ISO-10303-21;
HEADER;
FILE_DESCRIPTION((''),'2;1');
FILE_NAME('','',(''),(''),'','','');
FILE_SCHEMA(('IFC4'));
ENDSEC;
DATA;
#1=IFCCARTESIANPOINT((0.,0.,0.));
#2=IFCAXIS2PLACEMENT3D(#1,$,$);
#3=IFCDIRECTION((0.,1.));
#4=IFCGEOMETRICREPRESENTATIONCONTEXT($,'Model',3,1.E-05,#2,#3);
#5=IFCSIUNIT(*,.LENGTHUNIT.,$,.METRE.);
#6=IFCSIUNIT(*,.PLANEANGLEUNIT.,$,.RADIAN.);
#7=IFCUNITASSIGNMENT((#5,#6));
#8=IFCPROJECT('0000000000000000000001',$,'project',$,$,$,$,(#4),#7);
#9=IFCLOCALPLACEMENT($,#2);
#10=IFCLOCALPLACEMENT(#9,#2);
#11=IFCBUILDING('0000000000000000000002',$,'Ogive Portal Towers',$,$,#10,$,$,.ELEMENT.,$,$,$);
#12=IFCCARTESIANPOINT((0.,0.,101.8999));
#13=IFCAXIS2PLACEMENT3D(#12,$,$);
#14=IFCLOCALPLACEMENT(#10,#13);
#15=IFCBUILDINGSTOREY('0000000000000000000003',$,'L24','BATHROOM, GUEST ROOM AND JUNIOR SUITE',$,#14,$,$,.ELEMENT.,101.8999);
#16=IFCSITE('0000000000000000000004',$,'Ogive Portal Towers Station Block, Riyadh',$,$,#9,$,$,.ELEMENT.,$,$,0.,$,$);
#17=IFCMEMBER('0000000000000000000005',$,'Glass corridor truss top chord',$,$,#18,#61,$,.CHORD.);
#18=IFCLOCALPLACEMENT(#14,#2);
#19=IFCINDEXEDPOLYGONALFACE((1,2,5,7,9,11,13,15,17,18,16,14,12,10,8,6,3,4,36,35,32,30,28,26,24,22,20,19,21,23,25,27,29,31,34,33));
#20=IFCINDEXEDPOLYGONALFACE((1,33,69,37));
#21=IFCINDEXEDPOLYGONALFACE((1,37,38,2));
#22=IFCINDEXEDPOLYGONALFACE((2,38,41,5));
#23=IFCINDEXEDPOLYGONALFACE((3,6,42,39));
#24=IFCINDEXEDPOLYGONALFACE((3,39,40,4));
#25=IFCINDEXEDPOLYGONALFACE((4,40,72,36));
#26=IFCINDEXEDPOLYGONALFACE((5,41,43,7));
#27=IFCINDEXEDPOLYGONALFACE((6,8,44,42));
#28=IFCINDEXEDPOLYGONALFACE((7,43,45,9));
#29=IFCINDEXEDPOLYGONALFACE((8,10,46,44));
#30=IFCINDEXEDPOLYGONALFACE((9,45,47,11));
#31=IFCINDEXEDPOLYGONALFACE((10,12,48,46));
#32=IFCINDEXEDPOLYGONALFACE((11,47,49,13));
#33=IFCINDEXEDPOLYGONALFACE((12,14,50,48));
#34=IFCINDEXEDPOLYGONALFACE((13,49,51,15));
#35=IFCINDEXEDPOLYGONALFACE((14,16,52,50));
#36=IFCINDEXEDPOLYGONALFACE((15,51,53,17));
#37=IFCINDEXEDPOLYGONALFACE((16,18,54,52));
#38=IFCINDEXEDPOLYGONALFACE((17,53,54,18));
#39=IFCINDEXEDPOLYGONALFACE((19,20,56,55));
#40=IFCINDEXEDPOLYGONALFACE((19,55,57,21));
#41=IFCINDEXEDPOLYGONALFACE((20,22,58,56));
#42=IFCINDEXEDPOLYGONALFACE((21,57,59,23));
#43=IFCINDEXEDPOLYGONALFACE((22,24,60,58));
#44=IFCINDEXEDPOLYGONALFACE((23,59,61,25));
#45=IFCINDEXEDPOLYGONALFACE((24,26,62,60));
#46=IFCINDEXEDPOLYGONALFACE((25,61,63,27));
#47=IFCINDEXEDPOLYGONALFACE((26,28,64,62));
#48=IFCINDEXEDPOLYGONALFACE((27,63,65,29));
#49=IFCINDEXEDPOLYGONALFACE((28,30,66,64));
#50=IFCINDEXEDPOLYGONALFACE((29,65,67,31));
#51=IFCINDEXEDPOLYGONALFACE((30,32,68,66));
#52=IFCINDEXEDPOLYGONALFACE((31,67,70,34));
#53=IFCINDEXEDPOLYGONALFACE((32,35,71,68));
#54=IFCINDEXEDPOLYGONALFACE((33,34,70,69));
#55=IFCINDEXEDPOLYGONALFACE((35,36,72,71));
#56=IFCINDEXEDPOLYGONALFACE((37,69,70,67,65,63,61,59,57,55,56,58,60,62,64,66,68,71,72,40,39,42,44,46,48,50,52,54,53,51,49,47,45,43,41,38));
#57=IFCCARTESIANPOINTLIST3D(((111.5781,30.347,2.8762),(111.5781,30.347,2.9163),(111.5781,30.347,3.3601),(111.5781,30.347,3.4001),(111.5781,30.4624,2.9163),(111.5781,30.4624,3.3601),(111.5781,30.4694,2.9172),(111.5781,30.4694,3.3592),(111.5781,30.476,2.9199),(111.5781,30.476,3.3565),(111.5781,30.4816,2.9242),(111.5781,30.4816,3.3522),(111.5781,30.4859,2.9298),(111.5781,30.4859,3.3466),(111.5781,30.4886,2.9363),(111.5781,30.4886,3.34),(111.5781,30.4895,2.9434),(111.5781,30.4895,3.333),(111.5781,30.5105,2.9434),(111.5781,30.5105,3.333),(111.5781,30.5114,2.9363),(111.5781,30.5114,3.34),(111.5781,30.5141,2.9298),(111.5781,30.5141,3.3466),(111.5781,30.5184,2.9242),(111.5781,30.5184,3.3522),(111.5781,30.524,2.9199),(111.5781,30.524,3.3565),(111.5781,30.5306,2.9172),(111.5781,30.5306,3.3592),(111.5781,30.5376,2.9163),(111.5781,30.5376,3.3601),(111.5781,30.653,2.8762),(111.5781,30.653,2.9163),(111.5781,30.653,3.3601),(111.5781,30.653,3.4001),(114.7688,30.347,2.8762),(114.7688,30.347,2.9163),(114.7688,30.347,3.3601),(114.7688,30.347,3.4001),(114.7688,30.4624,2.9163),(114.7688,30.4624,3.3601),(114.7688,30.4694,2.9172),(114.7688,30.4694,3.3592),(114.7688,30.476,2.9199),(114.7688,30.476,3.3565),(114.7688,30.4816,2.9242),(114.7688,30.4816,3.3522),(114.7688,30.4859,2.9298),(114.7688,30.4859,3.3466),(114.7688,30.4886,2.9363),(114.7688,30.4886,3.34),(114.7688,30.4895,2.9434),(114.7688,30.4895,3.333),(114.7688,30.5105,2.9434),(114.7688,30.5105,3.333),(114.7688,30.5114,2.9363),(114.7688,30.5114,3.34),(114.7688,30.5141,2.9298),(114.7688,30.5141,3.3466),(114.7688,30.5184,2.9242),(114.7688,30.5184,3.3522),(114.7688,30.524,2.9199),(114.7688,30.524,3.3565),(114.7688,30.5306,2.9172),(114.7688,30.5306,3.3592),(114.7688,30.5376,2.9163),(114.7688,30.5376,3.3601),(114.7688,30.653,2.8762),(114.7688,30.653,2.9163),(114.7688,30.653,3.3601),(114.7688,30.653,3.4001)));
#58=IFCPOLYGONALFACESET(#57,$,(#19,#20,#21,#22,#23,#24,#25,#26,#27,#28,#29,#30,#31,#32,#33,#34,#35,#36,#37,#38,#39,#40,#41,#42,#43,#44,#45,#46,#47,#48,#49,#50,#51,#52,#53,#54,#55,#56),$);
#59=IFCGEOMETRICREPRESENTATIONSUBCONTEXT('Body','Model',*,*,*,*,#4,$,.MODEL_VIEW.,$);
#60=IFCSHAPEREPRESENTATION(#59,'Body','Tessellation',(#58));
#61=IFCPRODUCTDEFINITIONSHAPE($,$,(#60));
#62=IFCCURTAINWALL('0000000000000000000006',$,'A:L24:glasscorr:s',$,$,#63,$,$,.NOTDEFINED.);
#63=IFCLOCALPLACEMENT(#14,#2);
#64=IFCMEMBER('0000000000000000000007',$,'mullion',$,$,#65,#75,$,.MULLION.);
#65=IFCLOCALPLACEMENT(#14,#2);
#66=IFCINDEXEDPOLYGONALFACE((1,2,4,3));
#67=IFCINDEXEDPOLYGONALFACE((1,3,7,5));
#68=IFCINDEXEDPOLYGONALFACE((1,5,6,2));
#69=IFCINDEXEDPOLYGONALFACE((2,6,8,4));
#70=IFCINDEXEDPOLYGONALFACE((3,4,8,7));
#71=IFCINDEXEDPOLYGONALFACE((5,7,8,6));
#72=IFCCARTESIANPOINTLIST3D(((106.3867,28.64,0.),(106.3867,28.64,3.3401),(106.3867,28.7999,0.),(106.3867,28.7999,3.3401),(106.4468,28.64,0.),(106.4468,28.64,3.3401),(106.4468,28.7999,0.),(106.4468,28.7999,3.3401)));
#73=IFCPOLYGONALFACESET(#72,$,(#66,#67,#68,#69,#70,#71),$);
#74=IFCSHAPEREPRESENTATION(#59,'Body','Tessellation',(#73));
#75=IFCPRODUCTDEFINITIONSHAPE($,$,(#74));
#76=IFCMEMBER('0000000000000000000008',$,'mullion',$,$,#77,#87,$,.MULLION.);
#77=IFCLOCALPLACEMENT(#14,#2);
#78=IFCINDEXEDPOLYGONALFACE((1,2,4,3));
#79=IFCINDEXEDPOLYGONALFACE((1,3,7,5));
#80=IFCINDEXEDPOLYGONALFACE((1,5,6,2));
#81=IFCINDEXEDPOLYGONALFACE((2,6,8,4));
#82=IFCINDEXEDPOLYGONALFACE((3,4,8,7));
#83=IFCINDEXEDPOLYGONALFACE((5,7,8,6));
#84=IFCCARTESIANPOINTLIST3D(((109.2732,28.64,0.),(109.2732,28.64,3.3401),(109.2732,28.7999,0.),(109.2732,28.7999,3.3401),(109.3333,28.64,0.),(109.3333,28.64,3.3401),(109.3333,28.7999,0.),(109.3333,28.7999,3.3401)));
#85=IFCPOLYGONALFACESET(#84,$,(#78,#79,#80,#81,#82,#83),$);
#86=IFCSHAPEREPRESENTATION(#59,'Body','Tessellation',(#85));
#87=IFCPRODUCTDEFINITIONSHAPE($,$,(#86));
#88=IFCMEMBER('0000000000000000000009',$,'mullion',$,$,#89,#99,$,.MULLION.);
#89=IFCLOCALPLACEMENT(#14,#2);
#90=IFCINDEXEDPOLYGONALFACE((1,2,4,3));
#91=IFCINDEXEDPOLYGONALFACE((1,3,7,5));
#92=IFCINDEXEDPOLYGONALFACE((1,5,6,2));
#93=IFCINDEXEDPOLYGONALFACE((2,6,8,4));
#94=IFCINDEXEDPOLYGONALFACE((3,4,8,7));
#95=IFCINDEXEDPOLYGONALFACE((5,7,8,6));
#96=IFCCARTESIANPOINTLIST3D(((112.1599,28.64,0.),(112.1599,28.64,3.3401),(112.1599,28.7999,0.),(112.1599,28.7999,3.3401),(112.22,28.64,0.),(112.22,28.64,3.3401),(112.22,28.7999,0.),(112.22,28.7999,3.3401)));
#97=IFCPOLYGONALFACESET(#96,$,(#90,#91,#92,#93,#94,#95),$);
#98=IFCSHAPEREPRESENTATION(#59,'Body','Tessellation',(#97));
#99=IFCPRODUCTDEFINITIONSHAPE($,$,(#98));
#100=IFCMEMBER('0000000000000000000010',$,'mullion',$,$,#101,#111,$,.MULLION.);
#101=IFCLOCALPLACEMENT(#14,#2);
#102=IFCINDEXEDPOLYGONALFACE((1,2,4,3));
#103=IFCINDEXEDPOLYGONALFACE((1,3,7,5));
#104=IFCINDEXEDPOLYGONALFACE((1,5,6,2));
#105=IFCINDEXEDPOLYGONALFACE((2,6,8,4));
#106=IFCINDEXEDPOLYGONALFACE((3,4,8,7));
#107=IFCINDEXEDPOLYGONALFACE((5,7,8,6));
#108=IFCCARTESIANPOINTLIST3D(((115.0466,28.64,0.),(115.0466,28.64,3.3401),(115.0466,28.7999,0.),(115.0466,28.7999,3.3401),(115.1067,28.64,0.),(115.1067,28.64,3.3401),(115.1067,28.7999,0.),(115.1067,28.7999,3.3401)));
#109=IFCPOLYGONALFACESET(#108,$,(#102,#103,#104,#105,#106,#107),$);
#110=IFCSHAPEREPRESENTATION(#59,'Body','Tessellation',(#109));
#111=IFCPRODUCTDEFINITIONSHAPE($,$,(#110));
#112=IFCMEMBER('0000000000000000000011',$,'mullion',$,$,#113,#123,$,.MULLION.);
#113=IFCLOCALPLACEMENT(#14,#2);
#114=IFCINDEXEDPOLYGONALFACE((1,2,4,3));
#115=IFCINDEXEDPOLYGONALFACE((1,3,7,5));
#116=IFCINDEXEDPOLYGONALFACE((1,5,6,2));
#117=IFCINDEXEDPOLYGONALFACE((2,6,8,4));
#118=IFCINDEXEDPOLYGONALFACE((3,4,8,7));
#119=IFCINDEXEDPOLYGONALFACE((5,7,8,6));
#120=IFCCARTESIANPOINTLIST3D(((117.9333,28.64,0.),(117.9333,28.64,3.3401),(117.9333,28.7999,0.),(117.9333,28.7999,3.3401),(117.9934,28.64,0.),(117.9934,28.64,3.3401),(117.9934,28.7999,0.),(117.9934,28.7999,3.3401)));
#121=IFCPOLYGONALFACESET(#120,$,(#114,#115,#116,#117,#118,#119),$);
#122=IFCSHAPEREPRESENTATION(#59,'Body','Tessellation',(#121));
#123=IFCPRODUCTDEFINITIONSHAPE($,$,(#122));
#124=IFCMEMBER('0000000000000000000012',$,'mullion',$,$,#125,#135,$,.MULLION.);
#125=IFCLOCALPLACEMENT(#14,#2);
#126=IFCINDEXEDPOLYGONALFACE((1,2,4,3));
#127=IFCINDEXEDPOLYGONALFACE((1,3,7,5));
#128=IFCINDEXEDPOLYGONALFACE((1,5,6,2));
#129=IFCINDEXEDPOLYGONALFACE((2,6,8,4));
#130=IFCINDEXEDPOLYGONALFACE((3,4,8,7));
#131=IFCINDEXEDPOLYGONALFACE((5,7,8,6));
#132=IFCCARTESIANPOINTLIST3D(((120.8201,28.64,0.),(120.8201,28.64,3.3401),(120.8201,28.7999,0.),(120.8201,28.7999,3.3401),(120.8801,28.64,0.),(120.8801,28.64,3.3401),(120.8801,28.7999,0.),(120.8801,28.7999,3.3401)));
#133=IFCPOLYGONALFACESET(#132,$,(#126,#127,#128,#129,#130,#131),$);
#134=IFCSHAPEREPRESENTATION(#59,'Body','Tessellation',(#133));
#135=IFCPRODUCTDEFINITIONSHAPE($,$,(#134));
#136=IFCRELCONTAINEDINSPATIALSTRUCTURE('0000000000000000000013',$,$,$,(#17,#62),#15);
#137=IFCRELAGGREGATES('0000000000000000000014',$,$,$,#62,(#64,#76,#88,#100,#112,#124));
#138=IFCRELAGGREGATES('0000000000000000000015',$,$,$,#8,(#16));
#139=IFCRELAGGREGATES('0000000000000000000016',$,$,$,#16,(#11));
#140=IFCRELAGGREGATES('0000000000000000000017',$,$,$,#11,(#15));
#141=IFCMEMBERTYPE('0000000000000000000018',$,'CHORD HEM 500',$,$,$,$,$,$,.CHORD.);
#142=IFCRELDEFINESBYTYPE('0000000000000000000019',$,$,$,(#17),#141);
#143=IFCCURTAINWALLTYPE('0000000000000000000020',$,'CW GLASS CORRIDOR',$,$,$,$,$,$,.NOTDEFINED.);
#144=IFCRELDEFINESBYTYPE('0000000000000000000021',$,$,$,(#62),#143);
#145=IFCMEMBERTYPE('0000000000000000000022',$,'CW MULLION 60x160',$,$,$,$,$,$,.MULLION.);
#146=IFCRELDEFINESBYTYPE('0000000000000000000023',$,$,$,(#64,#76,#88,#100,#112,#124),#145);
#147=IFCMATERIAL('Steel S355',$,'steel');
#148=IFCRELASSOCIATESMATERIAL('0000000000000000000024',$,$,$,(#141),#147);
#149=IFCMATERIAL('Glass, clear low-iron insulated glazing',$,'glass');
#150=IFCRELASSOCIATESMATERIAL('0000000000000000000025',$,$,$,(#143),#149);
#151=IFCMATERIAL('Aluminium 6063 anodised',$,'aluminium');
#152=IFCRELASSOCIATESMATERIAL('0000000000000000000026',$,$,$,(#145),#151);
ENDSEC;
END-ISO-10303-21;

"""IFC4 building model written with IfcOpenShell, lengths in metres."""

from ifc_helpers import new_model, si_unit, direction, frame, origin, origin_2d, place, context, subcontext, project, spatial, rectangle, i_section, extrude, material, material_profile, profile_set, type_object, element, aggregate, save


model = new_model("IFC4")

# Units and contexts
model_context = context("Model", 3, precision=1e-05, world=origin(), true_north=direction((0.0, 1.0)))
body_context = subcontext(model_context, "Body", "Model", "MODEL_VIEW")
ifc_project = project(units=[si_unit("LENGTHUNIT", "METRE"), si_unit("PLANEANGLEUNIT", "RADIAN")], contexts=[model_context])

# Site, building, storey
site_placement = place(None, origin())
site = spatial("IfcSite", under=ifc_project, at=site_placement, Name="Ogive Portal Towers Station Block, Riyadh", CompositionType="ELEMENT", RefElevation=0.0)
building_placement = place(site_placement, origin())
building = spatial("IfcBuilding", under=site, at=building_placement, Name="Ogive Portal Towers", CompositionType="ELEMENT")
storey_placement = place(building_placement, frame((0.0, 0.0, 101.8999)))
storey = spatial("IfcBuildingStorey", under=building, at=storey_placement, Name="L24", Description="BATHROOM, GUEST ROOM AND JUNIOR SUITE", CompositionType="ELEMENT", Elevation=101.8999)

# Member
ifc_material_1 = material(Name="Steel S355", Category="steel")
ifc_material_profile_1 = material_profile(ifc_material_1, i_section(OverallWidth=0.3059, OverallDepth=0.5239, WebThickness=0.021, FlangeThickness=0.04, FilletRadius=0.0271, at=origin_2d()), Name="HEM 500")
ifc_profile_set_1 = profile_set([ifc_material_profile_1], Name="Steel S355")
member_type_1 = type_object("IfcMemberType", Name="CHORD HEM 500", PredefinedType="CHORD", material=ifc_profile_set_1)
for number, where, z_axis, x_axis, name in (
    (1, (111.5781, 30.5, 3.1382), (1.0, 0.0, 0.0), (0.0, 1.0, 0.0), "Glass corridor truss top chord"),
):
    element("IfcMember", number, at=place(storey_placement, frame(where, z_axis=z_axis, x_axis=x_axis)), inside=storey, type_object=member_type_1, Name=name, PredefinedType="CHORD", context=body_context, shape_type="SweptSolid", body=[
        extrude(i_section(OverallWidth=0.3059, OverallDepth=0.5239, WebThickness=0.021, FlangeThickness=0.04, FilletRadius=0.0271, at=origin_2d()), origin(), (0.0, 0.0, 1.0), 3.1907),
    ])

# Curtain wall, members
ifc_material_2 = material(Name="Glass, clear low-iron insulated glazing", Category="glass")
curtain_wall_type_1 = type_object("IfcCurtainWallType", Name="CW GLASS CORRIDOR", PredefinedType="NOTDEFINED", material=ifc_material_2)
curtain_wall_1_placement = place(storey_placement, origin())
curtain_wall_1 = element("IfcCurtainWall", 2, at=curtain_wall_1_placement, inside=storey, type_object=curtain_wall_type_1, Name="A:L24:glasscorr:s", PredefinedType="NOTDEFINED")
ifc_material_3 = material(Name="Aluminium 6063 anodised", Category="aluminium")
ifc_material_profile_2 = material_profile(ifc_material_3, rectangle(XDim=0.1599, YDim=0.0601, at=origin_2d()), Name="AL 60x160")
ifc_profile_set_2 = profile_set([ifc_material_profile_2], Name="Aluminium 6063 anodised")
member_type_2 = type_object("IfcMemberType", Name="CW MULLION 60x160", PredefinedType="MULLION", material=ifc_profile_set_2)
member_1_placement = place(storey_placement, frame((106.4167, 28.72, 0.0), z_axis=(0.0, 0.0, 1.0), x_axis=(0.0, 1.0, 0.0)))
member_1 = element("IfcMember", 3, at=member_1_placement, type_object=member_type_2, Name="mullion", PredefinedType="MULLION", context=body_context, shape_type="SweptSolid", body=[
    extrude(rectangle(XDim=0.1599, YDim=0.0601, at=origin_2d()), origin(), (0.0, 0.0, 1.0), 3.3401),
])
member_2_placement = place(storey_placement, frame((109.3032, 28.72, 0.0), z_axis=(0.0, 0.0, 1.0), x_axis=(0.0, 1.0, 0.0)))
member_2 = element("IfcMember", 4, at=member_2_placement, type_object=member_type_2, Name="mullion", PredefinedType="MULLION", context=body_context, shape_type="SweptSolid", body=[
    extrude(rectangle(XDim=0.1599, YDim=0.0601, at=origin_2d()), origin(), (0.0, 0.0, 1.0), 3.3401),
])
member_3_placement = place(storey_placement, frame((112.1899, 28.72, 0.0), z_axis=(0.0, 0.0, 1.0), x_axis=(0.0, 1.0, 0.0)))
member_3 = element("IfcMember", 5, at=member_3_placement, type_object=member_type_2, Name="mullion", PredefinedType="MULLION", context=body_context, shape_type="SweptSolid", body=[
    extrude(rectangle(XDim=0.1599, YDim=0.0601, at=origin_2d()), origin(), (0.0, 0.0, 1.0), 3.3401),
])
member_4_placement = place(storey_placement, frame((115.0767, 28.72, 0.0), z_axis=(0.0, 0.0, 1.0), x_axis=(0.0, 1.0, 0.0)))
member_4 = element("IfcMember", 6, at=member_4_placement, type_object=member_type_2, Name="mullion", PredefinedType="MULLION", context=body_context, shape_type="SweptSolid", body=[
    extrude(rectangle(XDim=0.1599, YDim=0.0601, at=origin_2d()), origin(), (0.0, 0.0, 1.0), 3.3401),
])
member_5_placement = place(storey_placement, frame((117.9634, 28.72, 0.0), z_axis=(0.0, 0.0, 1.0), x_axis=(0.0, 1.0, 0.0)))
member_5 = element("IfcMember", 7, at=member_5_placement, type_object=member_type_2, Name="mullion", PredefinedType="MULLION", context=body_context, shape_type="SweptSolid", body=[
    extrude(rectangle(XDim=0.1599, YDim=0.0601, at=origin_2d()), origin(), (0.0, 0.0, 1.0), 3.3401),
])
member_6_placement = place(storey_placement, frame((120.8501, 28.72, 0.0), z_axis=(0.0, 0.0, 1.0), x_axis=(0.0, 1.0, 0.0)))
member_6 = element("IfcMember", 8, at=member_6_placement, type_object=member_type_2, Name="mullion", PredefinedType="MULLION", context=body_context, shape_type="SweptSolid", body=[
    extrude(rectangle(XDim=0.1599, YDim=0.0601, at=origin_2d()), origin(), (0.0, 0.0, 1.0), 3.3401),
])

aggregate(curtain_wall_1, [member_1, member_2, member_3, member_4, member_5, member_6])

save(model, "model.ifc")
